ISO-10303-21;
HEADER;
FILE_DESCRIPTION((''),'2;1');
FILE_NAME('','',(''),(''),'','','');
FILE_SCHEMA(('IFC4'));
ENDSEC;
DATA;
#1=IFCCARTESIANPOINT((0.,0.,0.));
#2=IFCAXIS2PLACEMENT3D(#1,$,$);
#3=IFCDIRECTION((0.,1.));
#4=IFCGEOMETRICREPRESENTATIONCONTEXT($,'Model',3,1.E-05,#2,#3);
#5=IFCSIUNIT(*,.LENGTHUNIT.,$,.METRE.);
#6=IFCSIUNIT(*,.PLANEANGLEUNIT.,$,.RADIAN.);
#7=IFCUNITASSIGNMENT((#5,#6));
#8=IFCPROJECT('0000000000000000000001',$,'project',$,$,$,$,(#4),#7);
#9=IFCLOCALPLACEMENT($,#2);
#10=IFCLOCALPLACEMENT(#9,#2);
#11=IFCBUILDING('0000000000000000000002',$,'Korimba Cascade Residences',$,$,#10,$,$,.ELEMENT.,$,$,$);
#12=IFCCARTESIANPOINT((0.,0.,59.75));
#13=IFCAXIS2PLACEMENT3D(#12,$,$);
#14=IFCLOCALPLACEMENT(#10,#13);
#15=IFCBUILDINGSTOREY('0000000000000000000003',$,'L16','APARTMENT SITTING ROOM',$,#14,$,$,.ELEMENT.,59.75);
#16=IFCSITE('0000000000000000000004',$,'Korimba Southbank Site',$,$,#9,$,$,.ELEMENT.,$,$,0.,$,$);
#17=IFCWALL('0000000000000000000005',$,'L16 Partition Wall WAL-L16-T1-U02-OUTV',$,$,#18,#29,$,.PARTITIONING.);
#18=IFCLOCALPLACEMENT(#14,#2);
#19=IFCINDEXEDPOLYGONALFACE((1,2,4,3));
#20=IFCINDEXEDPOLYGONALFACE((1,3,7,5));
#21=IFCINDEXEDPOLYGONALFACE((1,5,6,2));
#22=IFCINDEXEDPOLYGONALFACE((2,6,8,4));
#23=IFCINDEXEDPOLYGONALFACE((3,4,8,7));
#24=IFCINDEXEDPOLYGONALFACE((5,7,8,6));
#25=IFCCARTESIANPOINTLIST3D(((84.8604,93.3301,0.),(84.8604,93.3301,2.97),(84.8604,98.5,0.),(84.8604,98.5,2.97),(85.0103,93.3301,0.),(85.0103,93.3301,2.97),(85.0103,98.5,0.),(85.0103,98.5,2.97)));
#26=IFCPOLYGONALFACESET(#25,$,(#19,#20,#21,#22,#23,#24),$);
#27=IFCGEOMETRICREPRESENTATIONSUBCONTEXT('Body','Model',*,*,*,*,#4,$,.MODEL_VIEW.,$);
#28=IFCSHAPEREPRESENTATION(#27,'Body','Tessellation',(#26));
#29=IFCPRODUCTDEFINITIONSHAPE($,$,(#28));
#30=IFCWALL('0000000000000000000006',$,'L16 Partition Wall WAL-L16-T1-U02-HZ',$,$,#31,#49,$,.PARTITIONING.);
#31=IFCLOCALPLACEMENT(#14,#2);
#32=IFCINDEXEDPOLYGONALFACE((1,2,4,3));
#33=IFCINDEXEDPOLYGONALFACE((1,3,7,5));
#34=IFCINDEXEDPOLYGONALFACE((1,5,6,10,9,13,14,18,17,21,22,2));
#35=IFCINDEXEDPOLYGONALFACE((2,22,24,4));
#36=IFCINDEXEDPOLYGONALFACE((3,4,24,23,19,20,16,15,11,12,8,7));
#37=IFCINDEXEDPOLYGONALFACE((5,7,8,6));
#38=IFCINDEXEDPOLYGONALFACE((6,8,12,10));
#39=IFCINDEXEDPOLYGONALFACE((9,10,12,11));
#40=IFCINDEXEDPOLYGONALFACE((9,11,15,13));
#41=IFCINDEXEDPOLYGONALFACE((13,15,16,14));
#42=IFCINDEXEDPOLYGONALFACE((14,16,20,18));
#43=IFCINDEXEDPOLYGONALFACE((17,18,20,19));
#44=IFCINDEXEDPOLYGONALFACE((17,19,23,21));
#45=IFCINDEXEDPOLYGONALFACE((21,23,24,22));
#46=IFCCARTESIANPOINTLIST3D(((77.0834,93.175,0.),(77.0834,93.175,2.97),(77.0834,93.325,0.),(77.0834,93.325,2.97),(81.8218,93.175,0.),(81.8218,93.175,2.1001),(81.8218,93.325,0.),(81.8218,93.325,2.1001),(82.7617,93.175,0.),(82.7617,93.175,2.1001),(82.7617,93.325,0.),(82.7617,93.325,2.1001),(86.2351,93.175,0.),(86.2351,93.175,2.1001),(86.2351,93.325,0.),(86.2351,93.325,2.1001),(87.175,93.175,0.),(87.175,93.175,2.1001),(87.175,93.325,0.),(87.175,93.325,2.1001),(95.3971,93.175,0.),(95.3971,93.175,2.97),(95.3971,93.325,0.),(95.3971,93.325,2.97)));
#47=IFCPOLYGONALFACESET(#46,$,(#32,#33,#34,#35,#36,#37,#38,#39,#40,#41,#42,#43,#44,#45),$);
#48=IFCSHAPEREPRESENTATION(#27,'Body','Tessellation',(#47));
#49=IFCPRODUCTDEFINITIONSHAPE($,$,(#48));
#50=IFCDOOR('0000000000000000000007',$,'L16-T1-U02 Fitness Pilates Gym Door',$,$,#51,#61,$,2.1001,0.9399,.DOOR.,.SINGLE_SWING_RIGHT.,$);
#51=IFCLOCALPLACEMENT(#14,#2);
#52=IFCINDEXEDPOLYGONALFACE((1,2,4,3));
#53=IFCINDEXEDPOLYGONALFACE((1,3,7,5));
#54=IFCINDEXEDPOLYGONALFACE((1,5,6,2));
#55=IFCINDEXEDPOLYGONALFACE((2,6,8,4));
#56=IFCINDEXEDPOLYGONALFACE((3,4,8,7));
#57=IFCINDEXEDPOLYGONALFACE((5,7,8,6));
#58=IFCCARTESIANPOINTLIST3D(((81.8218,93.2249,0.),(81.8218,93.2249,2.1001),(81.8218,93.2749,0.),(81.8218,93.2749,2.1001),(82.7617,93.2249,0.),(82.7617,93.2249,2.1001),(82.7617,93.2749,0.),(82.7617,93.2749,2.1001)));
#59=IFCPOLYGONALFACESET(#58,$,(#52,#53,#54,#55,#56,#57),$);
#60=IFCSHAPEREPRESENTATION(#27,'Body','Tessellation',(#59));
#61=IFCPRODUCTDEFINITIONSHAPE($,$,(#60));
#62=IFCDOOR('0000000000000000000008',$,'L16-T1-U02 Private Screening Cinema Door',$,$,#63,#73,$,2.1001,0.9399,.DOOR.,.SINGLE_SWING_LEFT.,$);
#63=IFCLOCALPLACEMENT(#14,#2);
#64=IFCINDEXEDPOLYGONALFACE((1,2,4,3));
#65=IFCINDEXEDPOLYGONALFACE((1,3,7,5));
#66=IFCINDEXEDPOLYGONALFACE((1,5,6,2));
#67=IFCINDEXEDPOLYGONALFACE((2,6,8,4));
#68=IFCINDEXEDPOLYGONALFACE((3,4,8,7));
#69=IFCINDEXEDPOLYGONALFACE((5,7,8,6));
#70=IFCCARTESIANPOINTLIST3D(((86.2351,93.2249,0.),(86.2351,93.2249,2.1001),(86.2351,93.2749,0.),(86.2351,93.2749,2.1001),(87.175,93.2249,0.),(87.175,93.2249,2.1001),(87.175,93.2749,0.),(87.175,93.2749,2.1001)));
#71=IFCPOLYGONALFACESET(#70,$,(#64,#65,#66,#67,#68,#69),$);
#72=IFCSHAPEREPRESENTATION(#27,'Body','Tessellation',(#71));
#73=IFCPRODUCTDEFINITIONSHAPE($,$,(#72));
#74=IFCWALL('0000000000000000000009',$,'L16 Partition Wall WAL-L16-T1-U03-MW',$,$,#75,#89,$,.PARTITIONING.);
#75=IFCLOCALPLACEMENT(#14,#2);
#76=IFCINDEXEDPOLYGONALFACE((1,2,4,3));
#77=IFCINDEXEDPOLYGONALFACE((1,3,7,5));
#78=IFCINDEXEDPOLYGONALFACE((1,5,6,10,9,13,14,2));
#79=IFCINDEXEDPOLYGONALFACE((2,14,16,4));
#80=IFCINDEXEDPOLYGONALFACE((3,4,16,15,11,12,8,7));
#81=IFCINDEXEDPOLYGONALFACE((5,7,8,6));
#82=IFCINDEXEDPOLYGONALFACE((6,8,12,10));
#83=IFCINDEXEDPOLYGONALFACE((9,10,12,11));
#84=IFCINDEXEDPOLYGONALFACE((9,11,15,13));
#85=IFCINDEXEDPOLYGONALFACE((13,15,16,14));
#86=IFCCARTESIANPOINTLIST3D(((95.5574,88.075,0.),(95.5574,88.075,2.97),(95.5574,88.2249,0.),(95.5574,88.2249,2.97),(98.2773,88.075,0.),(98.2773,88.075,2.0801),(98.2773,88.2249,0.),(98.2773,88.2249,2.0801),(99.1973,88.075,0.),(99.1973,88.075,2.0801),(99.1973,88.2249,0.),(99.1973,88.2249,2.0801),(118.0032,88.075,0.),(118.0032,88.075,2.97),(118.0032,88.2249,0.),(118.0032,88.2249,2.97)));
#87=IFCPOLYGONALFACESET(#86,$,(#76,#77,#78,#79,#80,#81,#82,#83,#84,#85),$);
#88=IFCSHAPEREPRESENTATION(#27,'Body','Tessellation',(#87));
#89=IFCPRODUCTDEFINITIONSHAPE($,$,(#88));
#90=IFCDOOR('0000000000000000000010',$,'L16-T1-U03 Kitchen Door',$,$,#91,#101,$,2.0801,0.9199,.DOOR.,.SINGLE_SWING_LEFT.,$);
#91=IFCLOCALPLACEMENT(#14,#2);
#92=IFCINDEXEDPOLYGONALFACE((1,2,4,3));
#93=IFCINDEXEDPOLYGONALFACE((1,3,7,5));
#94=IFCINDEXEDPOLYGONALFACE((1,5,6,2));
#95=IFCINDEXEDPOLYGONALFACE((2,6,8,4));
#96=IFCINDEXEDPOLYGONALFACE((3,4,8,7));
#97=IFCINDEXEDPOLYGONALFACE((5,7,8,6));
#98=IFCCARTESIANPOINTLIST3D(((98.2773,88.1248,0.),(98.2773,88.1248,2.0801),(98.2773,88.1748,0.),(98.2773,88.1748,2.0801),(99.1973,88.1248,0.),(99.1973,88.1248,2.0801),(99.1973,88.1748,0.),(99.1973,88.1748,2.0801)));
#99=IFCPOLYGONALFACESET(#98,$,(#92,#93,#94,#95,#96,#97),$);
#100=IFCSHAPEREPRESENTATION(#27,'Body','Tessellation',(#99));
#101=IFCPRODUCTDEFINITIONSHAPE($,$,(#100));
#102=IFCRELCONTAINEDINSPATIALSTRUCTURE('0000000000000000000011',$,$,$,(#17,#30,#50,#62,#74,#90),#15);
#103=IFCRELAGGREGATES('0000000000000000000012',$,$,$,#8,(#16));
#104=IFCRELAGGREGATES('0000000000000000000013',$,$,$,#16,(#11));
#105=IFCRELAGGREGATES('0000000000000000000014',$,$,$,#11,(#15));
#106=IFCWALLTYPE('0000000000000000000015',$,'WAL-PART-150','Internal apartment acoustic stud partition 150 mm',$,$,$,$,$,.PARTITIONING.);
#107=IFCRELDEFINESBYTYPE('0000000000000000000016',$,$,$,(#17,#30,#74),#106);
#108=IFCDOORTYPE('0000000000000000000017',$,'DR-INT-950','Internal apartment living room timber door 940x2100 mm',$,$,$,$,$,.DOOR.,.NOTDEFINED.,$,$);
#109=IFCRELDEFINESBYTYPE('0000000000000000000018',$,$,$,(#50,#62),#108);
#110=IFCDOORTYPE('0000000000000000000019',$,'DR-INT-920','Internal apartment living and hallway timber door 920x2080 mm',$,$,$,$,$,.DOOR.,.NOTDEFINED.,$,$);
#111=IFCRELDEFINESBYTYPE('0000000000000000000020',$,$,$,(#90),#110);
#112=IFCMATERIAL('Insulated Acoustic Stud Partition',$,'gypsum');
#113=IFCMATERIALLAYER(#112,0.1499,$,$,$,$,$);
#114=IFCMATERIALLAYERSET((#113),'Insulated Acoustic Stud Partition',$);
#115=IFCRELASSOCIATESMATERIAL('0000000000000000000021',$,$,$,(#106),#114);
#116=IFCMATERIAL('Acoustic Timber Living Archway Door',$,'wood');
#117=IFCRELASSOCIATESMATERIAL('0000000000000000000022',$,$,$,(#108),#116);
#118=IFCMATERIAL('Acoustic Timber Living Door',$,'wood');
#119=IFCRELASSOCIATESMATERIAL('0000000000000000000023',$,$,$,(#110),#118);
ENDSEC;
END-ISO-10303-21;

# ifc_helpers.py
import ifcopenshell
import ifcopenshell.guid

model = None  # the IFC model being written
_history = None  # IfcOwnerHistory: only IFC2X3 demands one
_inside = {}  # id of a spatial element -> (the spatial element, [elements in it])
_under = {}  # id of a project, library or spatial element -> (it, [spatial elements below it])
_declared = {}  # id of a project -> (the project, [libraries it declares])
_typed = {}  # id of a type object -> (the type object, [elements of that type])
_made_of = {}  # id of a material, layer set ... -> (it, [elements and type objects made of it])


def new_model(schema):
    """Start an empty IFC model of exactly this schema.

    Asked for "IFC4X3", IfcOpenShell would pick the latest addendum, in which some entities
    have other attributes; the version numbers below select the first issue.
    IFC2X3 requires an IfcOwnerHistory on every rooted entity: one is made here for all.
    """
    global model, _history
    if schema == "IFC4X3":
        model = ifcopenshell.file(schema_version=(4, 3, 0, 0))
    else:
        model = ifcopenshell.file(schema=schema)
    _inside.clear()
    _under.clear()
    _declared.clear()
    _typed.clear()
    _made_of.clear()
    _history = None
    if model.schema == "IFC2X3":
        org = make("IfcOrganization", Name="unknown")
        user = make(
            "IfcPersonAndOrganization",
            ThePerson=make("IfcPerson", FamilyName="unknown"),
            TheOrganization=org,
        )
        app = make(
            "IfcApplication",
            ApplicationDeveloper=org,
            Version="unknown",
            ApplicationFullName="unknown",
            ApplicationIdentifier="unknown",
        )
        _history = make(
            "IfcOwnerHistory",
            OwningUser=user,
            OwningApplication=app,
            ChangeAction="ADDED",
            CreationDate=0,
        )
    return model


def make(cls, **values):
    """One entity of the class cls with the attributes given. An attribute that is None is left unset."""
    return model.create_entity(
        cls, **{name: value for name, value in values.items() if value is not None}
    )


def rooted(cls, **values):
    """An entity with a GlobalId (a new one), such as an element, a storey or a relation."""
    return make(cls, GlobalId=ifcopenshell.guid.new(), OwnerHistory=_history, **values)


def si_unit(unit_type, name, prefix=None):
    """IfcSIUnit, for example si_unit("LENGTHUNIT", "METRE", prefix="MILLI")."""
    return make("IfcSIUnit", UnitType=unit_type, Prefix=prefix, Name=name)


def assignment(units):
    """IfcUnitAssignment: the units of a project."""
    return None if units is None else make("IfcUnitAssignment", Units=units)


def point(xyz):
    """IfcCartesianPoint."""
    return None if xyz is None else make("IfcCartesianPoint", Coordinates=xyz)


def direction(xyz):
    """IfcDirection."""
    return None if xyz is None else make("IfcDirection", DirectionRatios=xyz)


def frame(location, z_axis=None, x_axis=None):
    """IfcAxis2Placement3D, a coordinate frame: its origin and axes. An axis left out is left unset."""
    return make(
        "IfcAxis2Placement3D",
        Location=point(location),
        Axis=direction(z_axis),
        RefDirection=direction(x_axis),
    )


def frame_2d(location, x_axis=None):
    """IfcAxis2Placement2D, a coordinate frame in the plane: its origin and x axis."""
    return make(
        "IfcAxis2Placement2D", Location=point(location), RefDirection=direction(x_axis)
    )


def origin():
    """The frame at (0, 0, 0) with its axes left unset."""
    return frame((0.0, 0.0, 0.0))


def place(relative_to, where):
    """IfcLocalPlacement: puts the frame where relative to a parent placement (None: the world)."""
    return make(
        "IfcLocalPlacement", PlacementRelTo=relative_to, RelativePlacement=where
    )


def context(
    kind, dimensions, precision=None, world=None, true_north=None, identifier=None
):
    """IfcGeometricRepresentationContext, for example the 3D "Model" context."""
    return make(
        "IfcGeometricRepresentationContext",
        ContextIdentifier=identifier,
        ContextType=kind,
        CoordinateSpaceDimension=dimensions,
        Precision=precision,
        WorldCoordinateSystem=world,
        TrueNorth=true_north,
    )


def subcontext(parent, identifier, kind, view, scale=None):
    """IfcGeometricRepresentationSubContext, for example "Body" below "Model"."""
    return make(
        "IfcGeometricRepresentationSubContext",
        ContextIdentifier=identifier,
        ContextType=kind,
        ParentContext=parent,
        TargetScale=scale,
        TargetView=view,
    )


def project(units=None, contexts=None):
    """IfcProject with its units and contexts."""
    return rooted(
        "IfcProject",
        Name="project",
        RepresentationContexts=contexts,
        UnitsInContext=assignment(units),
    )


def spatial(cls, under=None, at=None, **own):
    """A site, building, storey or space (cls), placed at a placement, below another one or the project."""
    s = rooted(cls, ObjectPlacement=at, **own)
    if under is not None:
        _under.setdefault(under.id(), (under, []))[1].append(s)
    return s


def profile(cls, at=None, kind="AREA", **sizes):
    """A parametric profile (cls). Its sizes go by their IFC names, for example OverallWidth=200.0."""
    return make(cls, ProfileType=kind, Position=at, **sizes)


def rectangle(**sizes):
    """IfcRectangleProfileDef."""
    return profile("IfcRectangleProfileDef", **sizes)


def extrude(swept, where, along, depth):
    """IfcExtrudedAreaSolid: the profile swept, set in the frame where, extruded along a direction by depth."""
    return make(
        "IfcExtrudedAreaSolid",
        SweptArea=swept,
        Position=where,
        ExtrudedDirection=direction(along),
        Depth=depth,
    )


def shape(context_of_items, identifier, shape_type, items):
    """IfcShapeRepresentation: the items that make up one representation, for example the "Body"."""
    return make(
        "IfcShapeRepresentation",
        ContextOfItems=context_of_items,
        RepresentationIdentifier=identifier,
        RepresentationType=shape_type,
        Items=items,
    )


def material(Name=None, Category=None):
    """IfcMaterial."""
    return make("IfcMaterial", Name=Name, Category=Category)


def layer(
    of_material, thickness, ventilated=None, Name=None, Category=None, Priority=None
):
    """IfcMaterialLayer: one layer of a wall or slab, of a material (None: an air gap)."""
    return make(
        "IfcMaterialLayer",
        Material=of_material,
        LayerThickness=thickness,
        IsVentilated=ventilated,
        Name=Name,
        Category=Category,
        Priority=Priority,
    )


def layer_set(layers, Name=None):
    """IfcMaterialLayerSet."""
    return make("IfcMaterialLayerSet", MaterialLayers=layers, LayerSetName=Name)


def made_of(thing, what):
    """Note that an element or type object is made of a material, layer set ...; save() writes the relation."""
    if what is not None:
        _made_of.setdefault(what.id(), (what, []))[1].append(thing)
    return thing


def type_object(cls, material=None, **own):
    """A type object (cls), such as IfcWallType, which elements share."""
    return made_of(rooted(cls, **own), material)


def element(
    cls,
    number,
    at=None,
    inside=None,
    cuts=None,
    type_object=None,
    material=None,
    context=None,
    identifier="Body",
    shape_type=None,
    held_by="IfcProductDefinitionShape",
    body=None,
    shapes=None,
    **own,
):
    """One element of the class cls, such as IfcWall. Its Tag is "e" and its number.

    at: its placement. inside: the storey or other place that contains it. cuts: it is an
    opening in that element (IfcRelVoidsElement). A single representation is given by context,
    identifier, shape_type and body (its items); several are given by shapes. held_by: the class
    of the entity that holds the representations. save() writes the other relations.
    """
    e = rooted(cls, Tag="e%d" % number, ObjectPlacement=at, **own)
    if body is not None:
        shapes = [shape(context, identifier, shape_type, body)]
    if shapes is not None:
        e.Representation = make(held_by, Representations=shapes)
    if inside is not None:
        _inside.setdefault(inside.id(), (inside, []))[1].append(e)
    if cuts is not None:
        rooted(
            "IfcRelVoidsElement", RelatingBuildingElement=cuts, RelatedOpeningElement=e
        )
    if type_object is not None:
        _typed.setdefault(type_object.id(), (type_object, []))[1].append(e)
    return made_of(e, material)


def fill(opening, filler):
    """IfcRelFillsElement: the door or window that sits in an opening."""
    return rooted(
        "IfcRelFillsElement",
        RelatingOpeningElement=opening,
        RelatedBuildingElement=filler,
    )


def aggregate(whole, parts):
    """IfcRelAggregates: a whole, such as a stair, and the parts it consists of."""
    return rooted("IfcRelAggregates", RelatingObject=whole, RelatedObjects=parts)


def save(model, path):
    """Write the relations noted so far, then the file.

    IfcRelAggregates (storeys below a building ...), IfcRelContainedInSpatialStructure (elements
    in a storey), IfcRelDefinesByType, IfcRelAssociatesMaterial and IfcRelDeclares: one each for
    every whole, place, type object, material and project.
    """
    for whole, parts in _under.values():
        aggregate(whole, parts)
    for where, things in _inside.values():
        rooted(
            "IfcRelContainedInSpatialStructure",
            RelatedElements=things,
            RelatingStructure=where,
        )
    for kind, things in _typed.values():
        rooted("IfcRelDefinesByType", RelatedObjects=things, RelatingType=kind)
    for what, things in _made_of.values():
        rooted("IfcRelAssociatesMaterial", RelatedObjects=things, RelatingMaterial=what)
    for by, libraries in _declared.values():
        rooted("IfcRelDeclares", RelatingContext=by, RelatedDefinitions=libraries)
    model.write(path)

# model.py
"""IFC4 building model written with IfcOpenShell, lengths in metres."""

from ifc_helpers import new_model, si_unit, direction, frame, frame_2d, origin, place, context, subcontext, project, spatial, rectangle, extrude, material, layer, layer_set, type_object, element, fill, save


model = new_model("IFC4")

# Units and contexts
model_context = context("Model", 3, precision=1e-05, world=origin(), true_north=direction((0.0, 1.0)))
body_context = subcontext(model_context, "Body", "Model", "MODEL_VIEW")
ifc_project = project(units=[si_unit("LENGTHUNIT", "METRE"), si_unit("PLANEANGLEUNIT", "RADIAN")], contexts=[model_context])

# Site, building, storey
site_placement = place(None, origin())
site = spatial("IfcSite", under=ifc_project, at=site_placement, Name="Korimba Southbank Site", CompositionType="ELEMENT", RefElevation=0.0)
building_placement = place(site_placement, origin())
building = spatial("IfcBuilding", under=site, at=building_placement, Name="Korimba Cascade Residences", CompositionType="ELEMENT")
storey_placement = place(building_placement, frame((0.0, 0.0, 59.75)))
storey = spatial("IfcBuildingStorey", under=building, at=storey_placement, Name="L16", Description="APARTMENT SITTING ROOM", CompositionType="ELEMENT", Elevation=59.75)

# Wall
ifc_material_1 = material(Name="Insulated Acoustic Stud Partition", Category="gypsum")
ifc_layer = layer(ifc_material_1, 0.1499)
ifc_layer_set = layer_set([ifc_layer], Name="Insulated Acoustic Stud Partition")
wall_type = type_object("IfcWallType", Name="WAL-PART-150", Description="Internal apartment acoustic stud partition 150 mm", PredefinedType="PARTITIONING", material=ifc_layer_set)
wall_1_placement = place(storey_placement, frame((84.9353, 93.3301, 0.0), z_axis=(0.0, 0.0, 1.0), x_axis=(0.0, 1.0, 0.0)))
element("IfcWall", 1, at=wall_1_placement, inside=storey, type_object=wall_type, Name="L16 Partition Wall WAL-L16-T1-U02-OUTV", PredefinedType="PARTITIONING", context=body_context, shape_type="SweptSolid", body=[
    extrude(rectangle(XDim=5.1699, YDim=0.1499, at=frame_2d((2.585, 0.0))), origin(), (0.0, 0.0, 1.0), 2.97),
])

# Wall, openings, doors
wall_2_placement = place(storey_placement, frame((77.0835, 93.25, 0.0), z_axis=(0.0, 0.0, 1.0), x_axis=(1.0, 0.0, 0.0)))
wall_2 = element("IfcWall", 2, at=wall_2_placement, inside=storey, type_object=wall_type, Name="L16 Partition Wall WAL-L16-T1-U02-HZ", PredefinedType="PARTITIONING", context=body_context, shape_type="SweptSolid", body=[
    extrude(rectangle(XDim=18.3137, YDim=0.1499, at=frame_2d((9.1567, 0.0))), origin(), (0.0, 0.0, 1.0), 2.97),
])
opening_1_placement = place(wall_2_placement, frame((4.7383, 0.0, 0.0)))
opening_1 = element("IfcOpeningElement", 3, at=opening_1_placement, cuts=wall_2, PredefinedType="OPENING", context=body_context, shape_type="SweptSolid", body=[
    extrude(rectangle(XDim=0.9399, YDim=2.1001, at=frame_2d((0.47, 1.05))), frame((0.0, 0.085, 0.0), z_axis=(0.0, -1.0, 0.0), x_axis=(1.0, 0.0, 0.0)), (0.0, 0.0, 1.0), 0.1699),
])
opening_2_placement = place(wall_2_placement, frame((9.1516, 0.0, 0.0)))
opening_2 = element("IfcOpeningElement", 4, at=opening_2_placement, cuts=wall_2, PredefinedType="OPENING", context=body_context, shape_type="SweptSolid", body=[
    extrude(rectangle(XDim=0.9399, YDim=2.1001, at=frame_2d((0.47, 1.05))), frame((0.0, 0.085, 0.0), z_axis=(0.0, -1.0, 0.0), x_axis=(1.0, 0.0, 0.0)), (0.0, 0.0, 1.0), 0.1699),
])
ifc_material_2 = material(Name="Acoustic Timber Living Archway Door", Category="wood")
door_type_1 = type_object("IfcDoorType", Name="DR-INT-950", Description="Internal apartment living room timber door 940x2100 mm", OperationType="NOTDEFINED", PredefinedType="DOOR", material=ifc_material_2)
door_1_placement = place(opening_1_placement, origin())
door_1 = element("IfcDoor", 5, at=door_1_placement, inside=storey, type_object=door_type_1, Name="L16-T1-U02 Fitness Pilates Gym Door", OperationType="SINGLE_SWING_RIGHT", OverallHeight=2.1001, OverallWidth=0.9399, PredefinedType="DOOR", context=body_context, shape_type="SweptSolid", body=[
    extrude(rectangle(XDim=0.9399, YDim=2.1001, at=frame_2d((0.47, 1.05))), frame((0.0, 0.0249, 0.0), z_axis=(0.0, -1.0, 0.0), x_axis=(1.0, 0.0, 0.0)), (0.0, 0.0, 1.0), 0.05),
])
fill(opening_1, door_1)
door_2_placement = place(opening_2_placement, origin())
door_2 = element("IfcDoor", 6, at=door_2_placement, inside=storey, type_object=door_type_1, Name="L16-T1-U02 Private Screening Cinema Door", OperationType="SINGLE_SWING_LEFT", OverallHeight=2.1001, OverallWidth=0.9399, PredefinedType="DOOR", context=body_context, shape_type="SweptSolid", body=[
    extrude(rectangle(XDim=0.9399, YDim=2.1001, at=frame_2d((0.47, 1.05))), frame((0.0, 0.0249, 0.0), z_axis=(0.0, -1.0, 0.0), x_axis=(1.0, 0.0, 0.0)), (0.0, 0.0, 1.0), 0.05),
])
fill(opening_2, door_2)

# Wall, opening, door
wall_3_placement = place(storey_placement, frame((95.5574, 88.1499, 0.0), z_axis=(0.0, 0.0, 1.0), x_axis=(1.0, 0.0, 0.0)))
wall_3 = element("IfcWall", 7, at=wall_3_placement, inside=storey, type_object=wall_type, Name="L16 Partition Wall WAL-L16-T1-U03-MW", PredefinedType="PARTITIONING", context=body_context, shape_type="SweptSolid", body=[
    extrude(rectangle(XDim=22.4458, YDim=0.1499, at=frame_2d((11.2229, 0.0))), origin(), (0.0, 0.0, 1.0), 2.97),
])
opening_3_placement = place(wall_3_placement, frame((2.72, 0.0, 0.0)))
opening_3 = element("IfcOpeningElement", 8, at=opening_3_placement, cuts=wall_3, PredefinedType="OPENING", context=body_context, shape_type="SweptSolid", body=[
    extrude(rectangle(XDim=0.9199, YDim=2.0801, at=frame_2d((0.46, 1.04))), frame((0.0, 0.085, 0.0), z_axis=(0.0, -1.0, 0.0), x_axis=(1.0, 0.0, 0.0)), (0.0, 0.0, 1.0), 0.1699),
])
ifc_material_3 = material(Name="Acoustic Timber Living Door", Category="wood")
door_type_2 = type_object("IfcDoorType", Name="DR-INT-920", Description="Internal apartment living and hallway timber door 920x2080 mm", OperationType="NOTDEFINED", PredefinedType="DOOR", material=ifc_material_3)
door_3_placement = place(opening_3_placement, origin())
door_3 = element("IfcDoor", 9, at=door_3_placement, inside=storey, type_object=door_type_2, Name="L16-T1-U03 Kitchen Door", OperationType="SINGLE_SWING_LEFT", OverallHeight=2.0801, OverallWidth=0.9199, PredefinedType="DOOR", context=body_context, shape_type="SweptSolid", body=[
    extrude(rectangle(XDim=0.9199, YDim=2.0801, at=frame_2d((0.46, 1.04))), frame((0.0, 0.0249, 0.0), z_axis=(0.0, -1.0, 0.0), x_axis=(1.0, 0.0, 0.0)), (0.0, 0.0, 1.0), 0.05),
])
fill(opening_3, door_3)

save(model, "model.ifc")
